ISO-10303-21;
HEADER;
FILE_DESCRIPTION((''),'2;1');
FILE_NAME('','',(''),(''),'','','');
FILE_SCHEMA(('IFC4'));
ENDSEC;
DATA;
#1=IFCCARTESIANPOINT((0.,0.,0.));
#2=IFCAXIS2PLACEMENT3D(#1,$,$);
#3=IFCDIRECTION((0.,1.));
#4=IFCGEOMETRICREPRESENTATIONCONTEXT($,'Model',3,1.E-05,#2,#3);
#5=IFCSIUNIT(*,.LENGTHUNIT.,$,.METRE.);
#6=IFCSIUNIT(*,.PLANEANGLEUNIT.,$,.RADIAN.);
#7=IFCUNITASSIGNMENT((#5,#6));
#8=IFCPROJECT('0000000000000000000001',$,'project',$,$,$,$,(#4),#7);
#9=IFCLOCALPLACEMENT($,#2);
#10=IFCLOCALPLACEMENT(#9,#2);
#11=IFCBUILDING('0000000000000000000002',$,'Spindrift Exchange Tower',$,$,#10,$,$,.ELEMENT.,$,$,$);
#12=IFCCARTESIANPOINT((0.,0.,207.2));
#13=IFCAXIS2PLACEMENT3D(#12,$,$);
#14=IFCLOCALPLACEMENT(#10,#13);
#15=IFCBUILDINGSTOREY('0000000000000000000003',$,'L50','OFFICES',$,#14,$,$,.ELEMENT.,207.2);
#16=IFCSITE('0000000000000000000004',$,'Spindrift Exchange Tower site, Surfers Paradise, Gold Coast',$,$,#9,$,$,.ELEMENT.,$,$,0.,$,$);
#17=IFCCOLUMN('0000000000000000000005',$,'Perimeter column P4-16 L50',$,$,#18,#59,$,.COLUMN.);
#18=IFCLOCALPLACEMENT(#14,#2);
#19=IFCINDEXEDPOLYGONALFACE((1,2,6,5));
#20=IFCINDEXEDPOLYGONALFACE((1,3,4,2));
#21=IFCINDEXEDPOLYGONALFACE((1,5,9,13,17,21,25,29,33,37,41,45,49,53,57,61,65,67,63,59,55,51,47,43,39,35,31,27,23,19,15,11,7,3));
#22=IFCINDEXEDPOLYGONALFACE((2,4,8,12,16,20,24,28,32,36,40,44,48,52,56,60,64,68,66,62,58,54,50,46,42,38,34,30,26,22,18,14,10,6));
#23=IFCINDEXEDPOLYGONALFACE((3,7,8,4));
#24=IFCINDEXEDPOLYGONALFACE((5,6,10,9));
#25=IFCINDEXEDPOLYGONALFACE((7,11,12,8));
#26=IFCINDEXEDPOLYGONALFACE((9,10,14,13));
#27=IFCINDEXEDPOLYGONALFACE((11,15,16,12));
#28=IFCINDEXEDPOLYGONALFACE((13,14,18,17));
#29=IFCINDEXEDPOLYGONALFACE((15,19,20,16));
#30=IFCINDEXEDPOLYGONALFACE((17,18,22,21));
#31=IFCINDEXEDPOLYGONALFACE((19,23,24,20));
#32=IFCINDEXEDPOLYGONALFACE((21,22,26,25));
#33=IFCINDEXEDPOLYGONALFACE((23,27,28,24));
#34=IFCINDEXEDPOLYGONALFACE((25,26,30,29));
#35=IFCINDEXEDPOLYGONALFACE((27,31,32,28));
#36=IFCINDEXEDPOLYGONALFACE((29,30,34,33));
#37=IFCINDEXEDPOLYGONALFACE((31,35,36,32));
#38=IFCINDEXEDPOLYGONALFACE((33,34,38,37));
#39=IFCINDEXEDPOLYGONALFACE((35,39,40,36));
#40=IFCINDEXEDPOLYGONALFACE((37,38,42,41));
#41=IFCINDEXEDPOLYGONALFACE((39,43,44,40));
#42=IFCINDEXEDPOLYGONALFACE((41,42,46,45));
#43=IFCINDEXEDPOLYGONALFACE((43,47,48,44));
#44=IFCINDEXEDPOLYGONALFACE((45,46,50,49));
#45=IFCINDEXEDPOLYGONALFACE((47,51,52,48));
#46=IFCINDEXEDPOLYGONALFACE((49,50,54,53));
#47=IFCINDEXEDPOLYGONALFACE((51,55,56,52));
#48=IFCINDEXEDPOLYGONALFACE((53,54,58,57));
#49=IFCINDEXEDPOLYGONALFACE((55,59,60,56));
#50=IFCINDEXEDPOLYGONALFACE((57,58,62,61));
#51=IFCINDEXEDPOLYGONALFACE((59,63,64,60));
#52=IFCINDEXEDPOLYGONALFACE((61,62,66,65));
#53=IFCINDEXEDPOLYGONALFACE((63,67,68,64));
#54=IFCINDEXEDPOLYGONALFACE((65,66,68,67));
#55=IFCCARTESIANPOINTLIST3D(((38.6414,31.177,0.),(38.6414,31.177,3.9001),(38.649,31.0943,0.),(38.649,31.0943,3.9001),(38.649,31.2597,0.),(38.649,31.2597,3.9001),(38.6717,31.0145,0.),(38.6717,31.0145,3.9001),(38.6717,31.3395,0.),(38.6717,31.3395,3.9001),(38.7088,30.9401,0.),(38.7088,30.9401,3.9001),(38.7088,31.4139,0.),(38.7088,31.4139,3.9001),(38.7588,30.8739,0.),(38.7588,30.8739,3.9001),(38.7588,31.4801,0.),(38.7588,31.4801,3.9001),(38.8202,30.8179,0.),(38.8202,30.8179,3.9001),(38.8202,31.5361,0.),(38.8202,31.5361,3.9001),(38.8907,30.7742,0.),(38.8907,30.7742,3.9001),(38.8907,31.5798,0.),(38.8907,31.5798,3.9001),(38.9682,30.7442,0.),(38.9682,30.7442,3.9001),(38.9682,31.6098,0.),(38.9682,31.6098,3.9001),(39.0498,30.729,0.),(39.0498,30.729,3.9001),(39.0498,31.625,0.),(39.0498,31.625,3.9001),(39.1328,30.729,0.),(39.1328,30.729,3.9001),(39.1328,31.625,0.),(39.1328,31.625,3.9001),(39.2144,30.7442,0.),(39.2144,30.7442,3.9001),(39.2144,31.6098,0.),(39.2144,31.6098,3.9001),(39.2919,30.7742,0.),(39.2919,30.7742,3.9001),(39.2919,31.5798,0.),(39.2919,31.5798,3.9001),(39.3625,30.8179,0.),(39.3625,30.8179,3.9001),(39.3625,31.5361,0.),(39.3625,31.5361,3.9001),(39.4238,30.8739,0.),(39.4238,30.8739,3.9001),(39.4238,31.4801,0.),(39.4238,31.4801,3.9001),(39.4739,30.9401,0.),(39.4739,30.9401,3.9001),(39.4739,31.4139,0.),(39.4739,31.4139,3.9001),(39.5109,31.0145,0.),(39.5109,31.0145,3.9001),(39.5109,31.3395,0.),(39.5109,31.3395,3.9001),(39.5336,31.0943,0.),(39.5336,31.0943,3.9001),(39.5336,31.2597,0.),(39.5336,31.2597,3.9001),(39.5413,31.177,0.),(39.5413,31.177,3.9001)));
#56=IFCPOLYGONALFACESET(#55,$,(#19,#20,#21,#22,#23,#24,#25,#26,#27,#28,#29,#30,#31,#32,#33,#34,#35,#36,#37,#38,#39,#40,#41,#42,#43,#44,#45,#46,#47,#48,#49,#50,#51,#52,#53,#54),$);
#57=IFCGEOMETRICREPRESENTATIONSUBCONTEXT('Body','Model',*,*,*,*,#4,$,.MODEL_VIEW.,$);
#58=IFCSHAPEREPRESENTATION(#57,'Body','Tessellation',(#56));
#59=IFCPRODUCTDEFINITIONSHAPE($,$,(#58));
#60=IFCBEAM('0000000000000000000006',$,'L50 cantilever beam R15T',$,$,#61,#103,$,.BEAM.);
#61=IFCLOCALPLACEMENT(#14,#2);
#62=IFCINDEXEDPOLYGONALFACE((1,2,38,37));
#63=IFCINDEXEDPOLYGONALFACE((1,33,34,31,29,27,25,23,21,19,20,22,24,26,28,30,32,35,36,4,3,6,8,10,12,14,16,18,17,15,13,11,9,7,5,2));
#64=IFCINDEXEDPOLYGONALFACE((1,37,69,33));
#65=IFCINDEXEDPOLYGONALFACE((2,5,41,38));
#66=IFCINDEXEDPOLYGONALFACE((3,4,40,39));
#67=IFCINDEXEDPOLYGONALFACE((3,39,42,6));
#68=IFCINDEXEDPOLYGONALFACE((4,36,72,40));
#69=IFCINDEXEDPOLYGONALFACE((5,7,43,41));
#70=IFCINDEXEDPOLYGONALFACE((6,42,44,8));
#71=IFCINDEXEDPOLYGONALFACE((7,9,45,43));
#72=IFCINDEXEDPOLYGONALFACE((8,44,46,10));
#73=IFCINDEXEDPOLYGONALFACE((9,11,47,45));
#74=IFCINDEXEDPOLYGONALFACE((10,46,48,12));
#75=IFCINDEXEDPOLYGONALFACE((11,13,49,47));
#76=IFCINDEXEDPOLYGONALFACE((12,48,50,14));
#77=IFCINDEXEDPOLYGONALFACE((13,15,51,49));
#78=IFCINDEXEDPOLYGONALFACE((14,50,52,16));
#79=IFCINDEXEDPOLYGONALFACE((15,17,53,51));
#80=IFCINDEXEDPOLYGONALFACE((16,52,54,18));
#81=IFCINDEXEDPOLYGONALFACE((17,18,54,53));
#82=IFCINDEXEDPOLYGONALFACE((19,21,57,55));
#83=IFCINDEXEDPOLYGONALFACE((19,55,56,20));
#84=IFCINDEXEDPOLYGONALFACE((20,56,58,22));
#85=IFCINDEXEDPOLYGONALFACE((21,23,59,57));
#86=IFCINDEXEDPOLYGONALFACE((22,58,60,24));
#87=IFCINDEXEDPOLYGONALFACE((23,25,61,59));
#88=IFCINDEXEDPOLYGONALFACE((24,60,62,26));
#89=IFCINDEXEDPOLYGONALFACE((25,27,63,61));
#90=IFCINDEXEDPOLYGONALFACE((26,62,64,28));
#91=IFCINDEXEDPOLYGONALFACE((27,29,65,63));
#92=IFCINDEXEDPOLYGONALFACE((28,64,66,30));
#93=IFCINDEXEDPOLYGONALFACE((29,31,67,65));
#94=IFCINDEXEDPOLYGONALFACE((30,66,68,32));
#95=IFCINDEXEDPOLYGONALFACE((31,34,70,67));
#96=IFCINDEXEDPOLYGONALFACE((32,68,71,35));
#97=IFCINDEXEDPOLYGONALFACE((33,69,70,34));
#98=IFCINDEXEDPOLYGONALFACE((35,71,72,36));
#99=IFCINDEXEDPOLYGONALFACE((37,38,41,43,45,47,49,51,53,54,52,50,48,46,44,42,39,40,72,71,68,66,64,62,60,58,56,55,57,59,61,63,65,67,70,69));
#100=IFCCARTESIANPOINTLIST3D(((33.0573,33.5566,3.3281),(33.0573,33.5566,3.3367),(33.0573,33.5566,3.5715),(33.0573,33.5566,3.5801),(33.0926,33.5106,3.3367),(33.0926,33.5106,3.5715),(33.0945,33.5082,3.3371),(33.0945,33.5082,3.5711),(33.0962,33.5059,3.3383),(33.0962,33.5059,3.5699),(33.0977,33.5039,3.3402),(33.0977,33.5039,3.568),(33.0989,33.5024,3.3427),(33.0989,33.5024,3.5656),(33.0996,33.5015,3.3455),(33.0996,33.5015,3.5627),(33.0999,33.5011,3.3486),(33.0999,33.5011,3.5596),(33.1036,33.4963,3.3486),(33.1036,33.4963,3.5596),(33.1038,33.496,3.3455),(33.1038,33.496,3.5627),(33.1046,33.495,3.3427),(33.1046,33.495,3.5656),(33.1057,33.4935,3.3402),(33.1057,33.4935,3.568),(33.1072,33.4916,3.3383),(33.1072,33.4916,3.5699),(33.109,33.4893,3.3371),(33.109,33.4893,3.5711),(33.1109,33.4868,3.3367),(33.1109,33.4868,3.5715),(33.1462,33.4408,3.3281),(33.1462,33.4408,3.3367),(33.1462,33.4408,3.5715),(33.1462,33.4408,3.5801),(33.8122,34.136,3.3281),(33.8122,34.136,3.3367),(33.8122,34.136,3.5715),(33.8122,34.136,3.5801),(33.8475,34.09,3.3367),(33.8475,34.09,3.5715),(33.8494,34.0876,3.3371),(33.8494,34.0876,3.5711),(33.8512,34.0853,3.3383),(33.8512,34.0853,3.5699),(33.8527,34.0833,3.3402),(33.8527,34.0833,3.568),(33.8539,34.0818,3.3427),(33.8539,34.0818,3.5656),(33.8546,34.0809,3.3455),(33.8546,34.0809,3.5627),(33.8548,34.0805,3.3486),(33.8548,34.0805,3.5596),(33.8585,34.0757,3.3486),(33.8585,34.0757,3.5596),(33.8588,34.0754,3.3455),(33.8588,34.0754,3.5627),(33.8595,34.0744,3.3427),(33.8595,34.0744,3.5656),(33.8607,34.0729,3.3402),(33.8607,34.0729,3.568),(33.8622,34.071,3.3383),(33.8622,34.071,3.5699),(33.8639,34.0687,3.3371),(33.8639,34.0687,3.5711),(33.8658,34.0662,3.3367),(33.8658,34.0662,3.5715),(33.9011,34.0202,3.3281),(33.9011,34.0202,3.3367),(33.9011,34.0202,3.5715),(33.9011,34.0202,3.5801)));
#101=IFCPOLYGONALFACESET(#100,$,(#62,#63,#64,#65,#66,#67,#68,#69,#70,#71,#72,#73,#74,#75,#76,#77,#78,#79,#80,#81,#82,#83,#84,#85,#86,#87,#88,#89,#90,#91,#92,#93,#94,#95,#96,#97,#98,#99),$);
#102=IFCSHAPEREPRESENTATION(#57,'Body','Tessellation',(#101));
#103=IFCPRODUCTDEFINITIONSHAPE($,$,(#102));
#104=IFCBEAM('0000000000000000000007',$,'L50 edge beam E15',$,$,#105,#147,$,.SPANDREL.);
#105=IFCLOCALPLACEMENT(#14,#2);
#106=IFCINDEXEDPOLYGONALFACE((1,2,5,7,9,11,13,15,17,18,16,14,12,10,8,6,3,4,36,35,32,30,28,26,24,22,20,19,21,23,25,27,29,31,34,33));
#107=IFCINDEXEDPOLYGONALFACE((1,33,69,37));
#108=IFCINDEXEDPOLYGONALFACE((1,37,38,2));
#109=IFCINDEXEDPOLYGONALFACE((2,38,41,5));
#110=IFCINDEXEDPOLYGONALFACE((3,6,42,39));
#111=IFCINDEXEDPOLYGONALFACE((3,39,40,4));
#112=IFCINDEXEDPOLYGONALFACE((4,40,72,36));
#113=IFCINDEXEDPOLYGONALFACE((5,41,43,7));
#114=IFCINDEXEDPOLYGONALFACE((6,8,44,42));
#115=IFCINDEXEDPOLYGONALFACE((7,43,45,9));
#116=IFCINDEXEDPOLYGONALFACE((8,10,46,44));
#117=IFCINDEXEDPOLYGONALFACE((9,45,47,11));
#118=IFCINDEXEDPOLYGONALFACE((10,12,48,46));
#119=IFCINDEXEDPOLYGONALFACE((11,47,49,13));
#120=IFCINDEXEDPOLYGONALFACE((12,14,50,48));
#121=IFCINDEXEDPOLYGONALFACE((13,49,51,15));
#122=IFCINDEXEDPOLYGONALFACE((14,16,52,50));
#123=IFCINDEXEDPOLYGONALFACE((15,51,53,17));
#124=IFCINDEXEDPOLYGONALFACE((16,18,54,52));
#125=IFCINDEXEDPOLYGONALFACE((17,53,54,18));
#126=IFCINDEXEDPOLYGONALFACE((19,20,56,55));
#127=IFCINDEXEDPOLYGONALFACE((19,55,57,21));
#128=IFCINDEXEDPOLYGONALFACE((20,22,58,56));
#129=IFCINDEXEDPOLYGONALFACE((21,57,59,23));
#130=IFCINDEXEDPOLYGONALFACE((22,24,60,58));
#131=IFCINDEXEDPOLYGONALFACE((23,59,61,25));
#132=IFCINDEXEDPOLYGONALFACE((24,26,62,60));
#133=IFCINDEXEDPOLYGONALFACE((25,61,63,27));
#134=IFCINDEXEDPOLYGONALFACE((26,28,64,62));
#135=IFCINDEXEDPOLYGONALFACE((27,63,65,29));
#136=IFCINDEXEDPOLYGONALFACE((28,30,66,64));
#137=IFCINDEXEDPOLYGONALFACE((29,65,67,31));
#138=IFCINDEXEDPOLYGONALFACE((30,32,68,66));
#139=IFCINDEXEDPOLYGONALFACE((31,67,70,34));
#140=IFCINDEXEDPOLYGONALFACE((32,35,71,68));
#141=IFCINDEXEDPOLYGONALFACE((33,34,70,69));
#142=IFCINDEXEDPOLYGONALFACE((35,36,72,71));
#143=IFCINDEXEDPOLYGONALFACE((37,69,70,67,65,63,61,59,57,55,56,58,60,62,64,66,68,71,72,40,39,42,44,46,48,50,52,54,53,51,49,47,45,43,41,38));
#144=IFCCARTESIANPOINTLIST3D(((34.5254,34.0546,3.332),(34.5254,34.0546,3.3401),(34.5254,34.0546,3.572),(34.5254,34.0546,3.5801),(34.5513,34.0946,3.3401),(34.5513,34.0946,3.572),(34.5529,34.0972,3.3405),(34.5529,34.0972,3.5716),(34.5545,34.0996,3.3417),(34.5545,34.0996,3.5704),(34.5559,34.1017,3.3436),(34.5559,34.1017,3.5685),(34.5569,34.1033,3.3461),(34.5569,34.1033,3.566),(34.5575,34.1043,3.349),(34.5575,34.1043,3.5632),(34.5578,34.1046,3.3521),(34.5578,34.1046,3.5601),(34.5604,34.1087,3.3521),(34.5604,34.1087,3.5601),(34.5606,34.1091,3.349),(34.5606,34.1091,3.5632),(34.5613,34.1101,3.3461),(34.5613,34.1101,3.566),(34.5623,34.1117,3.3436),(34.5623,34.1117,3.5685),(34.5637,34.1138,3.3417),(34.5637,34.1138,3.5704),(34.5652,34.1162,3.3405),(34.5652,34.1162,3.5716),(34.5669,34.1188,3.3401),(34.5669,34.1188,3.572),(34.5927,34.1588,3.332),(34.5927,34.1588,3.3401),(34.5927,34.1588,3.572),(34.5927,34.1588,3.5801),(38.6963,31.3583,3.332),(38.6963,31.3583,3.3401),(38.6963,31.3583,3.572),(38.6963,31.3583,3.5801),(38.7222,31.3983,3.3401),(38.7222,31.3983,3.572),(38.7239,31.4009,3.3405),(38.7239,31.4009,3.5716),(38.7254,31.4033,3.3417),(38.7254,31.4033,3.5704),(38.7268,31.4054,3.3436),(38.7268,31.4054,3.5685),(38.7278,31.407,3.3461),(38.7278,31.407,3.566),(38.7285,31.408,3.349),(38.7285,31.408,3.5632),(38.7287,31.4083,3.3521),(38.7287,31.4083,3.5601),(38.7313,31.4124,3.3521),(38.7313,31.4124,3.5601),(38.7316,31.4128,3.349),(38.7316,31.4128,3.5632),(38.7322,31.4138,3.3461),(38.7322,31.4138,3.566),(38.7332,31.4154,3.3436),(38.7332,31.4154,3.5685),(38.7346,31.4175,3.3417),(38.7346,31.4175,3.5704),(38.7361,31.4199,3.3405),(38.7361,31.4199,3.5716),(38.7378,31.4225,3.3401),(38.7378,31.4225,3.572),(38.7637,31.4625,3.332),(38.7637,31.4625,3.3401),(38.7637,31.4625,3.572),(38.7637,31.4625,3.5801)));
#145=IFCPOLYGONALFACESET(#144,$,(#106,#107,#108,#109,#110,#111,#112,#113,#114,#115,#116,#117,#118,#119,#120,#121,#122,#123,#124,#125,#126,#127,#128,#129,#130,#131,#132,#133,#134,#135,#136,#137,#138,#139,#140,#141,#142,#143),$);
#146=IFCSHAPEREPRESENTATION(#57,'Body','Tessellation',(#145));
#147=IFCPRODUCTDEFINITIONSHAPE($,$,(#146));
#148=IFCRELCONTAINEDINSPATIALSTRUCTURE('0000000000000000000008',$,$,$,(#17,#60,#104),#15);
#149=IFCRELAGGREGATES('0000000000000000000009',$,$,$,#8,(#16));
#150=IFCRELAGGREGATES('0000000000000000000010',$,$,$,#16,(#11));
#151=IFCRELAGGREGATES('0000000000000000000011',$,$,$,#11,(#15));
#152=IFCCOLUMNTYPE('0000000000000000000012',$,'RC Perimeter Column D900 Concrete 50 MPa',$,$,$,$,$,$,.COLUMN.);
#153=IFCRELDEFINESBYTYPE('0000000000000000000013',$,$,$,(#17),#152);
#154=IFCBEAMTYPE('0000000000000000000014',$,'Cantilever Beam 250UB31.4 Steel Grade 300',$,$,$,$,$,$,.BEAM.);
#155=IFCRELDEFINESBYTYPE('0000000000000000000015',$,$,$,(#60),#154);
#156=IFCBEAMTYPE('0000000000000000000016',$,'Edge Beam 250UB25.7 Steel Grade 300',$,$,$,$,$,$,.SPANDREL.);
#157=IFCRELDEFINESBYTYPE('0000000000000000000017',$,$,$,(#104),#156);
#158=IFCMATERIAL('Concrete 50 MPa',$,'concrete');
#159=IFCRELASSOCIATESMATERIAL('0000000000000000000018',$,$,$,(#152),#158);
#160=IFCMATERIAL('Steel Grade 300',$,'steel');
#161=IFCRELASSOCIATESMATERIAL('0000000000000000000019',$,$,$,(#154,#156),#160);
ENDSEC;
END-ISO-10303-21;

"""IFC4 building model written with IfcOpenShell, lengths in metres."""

from ifc_helpers import new_model, si_unit, direction, frame, origin, origin_2d, place, context, subcontext, project, spatial, circle, i_section, extrude, source, transform, mapped, material, material_profile, profile_set, type_object, element, save


model = new_model("IFC4")

# Units and contexts
model_context = context("Model", 3, precision=1e-05, world=origin(), true_north=direction((0.0, 1.0)))
body_context = subcontext(model_context, "Body", "Model", "MODEL_VIEW")
ifc_project = project(units=[si_unit("LENGTHUNIT", "METRE"), si_unit("PLANEANGLEUNIT", "RADIAN")], contexts=[model_context])

# Site, building, storey
site_placement = place(None, origin())
site = spatial("IfcSite", under=ifc_project, at=site_placement, Name="Spindrift Exchange Tower site, Surfers Paradise, Gold Coast", CompositionType="ELEMENT", RefElevation=0.0)
building_placement = place(site_placement, origin())
building = spatial("IfcBuilding", under=site, at=building_placement, Name="Spindrift Exchange Tower", CompositionType="ELEMENT")
storey_placement = place(building_placement, frame((0.0, 0.0, 207.2)))
storey = spatial("IfcBuildingStorey", under=building, at=storey_placement, Name="L50", Description="OFFICES", CompositionType="ELEMENT", Elevation=207.2)

# Column
ifc_material_1 = material(Name="Concrete 50 MPa", Category="concrete")
ifc_material_profile_1 = material_profile(ifc_material_1, circle(Radius=0.45, at=origin_2d()), Name="RC D900")
ifc_profile_set_1 = profile_set([ifc_material_profile_1], Name="Concrete 50 MPa")
column_type = type_object("IfcColumnType", Name="RC Perimeter Column D900 Concrete 50 MPa", PredefinedType="COLUMN", material=ifc_profile_set_1)
shared_shape_1 = source(origin(), body_context, "Body", "SweptSolid", [
    extrude(circle(Radius=0.45, at=origin_2d()), origin(), (0.0, 0.0, 1.0), 3.9001),
])
column_placement = place(storey_placement, frame((39.0913, 31.177, 0.0), z_axis=(0.0, 0.0, 1.0), x_axis=(1.0, 0.0, 0.0)))
element("IfcColumn", 1, at=column_placement, inside=storey, type_object=column_type, Name="Perimeter column P4-16 L50", PredefinedType="COLUMN", context=body_context, shape_type="MappedRepresentation", body=[
    mapped(shared_shape_1, transform((0.0, 0.0, 0.0), scale=1.0)),
])

# Beams
ifc_material_2 = material(Name="Steel Grade 300", Category="steel")
ifc_material_profile_2 = material_profile(ifc_material_2, i_section(OverallWidth=0.146, OverallDepth=0.252, WebThickness=0.0061, FlangeThickness=0.0085, FilletRadius=0.012, at=origin_2d()), Name="250UB31.4")
ifc_profile_set_2 = profile_set([ifc_material_profile_2], Name="Steel Grade 300")
beam_type_1 = type_object("IfcBeamType", Name="Cantilever Beam 250UB31.4 Steel Grade 300", PredefinedType="BEAM", material=ifc_profile_set_2)
shared_shape_2 = source(origin(), body_context, "Body", "SweptSolid", [
    extrude(i_section(OverallWidth=0.146, OverallDepth=0.252, WebThickness=0.0061, FlangeThickness=0.0085, FilletRadius=0.012, at=origin_2d()), origin(), (0.0, 0.0, 1.0), 0.9517),
])
beam_1_placement = place(storey_placement, frame((33.8567, 34.0781, 3.4541), z_axis=(-0.793301, -0.60883, 0.0), x_axis=(0.60883, -0.793301, 0.0)))
element("IfcBeam", 2, at=beam_1_placement, inside=storey, type_object=beam_type_1, Name="L50 cantilever beam R15T", PredefinedType="BEAM", context=body_context, shape_type="MappedRepresentation", body=[
    mapped(shared_shape_2, transform((0.0, 0.0, 0.0), scale=1.0)),
])
ifc_material_profile_3 = material_profile(ifc_material_2, i_section(OverallWidth=0.124, OverallDepth=0.248, WebThickness=0.0049, FlangeThickness=0.0081, FilletRadius=0.012, at=origin_2d()), Name="250UB25.7")
ifc_profile_set_3 = profile_set([ifc_material_profile_3], Name="Steel Grade 300")
beam_type_2 = type_object("IfcBeamType", Name="Edge Beam 250UB25.7 Steel Grade 300", PredefinedType="SPANDREL", material=ifc_profile_set_3)
shared_shape_3 = source(origin(), body_context, "Body", "SweptSolid", [
    extrude(i_section(OverallWidth=0.124, OverallDepth=0.248, WebThickness=0.0049, FlangeThickness=0.0081, FilletRadius=0.012, at=origin_2d()), origin(), (0.0, 0.0, 1.0), 4.9666),
])
beam_2_placement = place(storey_placement, frame((34.5591, 34.1067, 3.4561), z_axis=(0.839802, -0.542893, 0.0), x_axis=(0.542893, 0.839802, 0.0)))
element("IfcBeam", 3, at=beam_2_placement, inside=storey, type_object=beam_type_2, Name="L50 edge beam E15", PredefinedType="SPANDREL", context=body_context, shape_type="MappedRepresentation", body=[
    mapped(shared_shape_3, transform((0.0, 0.0, 0.0), scale=1.0)),
])

save(model, "model.ifc")
